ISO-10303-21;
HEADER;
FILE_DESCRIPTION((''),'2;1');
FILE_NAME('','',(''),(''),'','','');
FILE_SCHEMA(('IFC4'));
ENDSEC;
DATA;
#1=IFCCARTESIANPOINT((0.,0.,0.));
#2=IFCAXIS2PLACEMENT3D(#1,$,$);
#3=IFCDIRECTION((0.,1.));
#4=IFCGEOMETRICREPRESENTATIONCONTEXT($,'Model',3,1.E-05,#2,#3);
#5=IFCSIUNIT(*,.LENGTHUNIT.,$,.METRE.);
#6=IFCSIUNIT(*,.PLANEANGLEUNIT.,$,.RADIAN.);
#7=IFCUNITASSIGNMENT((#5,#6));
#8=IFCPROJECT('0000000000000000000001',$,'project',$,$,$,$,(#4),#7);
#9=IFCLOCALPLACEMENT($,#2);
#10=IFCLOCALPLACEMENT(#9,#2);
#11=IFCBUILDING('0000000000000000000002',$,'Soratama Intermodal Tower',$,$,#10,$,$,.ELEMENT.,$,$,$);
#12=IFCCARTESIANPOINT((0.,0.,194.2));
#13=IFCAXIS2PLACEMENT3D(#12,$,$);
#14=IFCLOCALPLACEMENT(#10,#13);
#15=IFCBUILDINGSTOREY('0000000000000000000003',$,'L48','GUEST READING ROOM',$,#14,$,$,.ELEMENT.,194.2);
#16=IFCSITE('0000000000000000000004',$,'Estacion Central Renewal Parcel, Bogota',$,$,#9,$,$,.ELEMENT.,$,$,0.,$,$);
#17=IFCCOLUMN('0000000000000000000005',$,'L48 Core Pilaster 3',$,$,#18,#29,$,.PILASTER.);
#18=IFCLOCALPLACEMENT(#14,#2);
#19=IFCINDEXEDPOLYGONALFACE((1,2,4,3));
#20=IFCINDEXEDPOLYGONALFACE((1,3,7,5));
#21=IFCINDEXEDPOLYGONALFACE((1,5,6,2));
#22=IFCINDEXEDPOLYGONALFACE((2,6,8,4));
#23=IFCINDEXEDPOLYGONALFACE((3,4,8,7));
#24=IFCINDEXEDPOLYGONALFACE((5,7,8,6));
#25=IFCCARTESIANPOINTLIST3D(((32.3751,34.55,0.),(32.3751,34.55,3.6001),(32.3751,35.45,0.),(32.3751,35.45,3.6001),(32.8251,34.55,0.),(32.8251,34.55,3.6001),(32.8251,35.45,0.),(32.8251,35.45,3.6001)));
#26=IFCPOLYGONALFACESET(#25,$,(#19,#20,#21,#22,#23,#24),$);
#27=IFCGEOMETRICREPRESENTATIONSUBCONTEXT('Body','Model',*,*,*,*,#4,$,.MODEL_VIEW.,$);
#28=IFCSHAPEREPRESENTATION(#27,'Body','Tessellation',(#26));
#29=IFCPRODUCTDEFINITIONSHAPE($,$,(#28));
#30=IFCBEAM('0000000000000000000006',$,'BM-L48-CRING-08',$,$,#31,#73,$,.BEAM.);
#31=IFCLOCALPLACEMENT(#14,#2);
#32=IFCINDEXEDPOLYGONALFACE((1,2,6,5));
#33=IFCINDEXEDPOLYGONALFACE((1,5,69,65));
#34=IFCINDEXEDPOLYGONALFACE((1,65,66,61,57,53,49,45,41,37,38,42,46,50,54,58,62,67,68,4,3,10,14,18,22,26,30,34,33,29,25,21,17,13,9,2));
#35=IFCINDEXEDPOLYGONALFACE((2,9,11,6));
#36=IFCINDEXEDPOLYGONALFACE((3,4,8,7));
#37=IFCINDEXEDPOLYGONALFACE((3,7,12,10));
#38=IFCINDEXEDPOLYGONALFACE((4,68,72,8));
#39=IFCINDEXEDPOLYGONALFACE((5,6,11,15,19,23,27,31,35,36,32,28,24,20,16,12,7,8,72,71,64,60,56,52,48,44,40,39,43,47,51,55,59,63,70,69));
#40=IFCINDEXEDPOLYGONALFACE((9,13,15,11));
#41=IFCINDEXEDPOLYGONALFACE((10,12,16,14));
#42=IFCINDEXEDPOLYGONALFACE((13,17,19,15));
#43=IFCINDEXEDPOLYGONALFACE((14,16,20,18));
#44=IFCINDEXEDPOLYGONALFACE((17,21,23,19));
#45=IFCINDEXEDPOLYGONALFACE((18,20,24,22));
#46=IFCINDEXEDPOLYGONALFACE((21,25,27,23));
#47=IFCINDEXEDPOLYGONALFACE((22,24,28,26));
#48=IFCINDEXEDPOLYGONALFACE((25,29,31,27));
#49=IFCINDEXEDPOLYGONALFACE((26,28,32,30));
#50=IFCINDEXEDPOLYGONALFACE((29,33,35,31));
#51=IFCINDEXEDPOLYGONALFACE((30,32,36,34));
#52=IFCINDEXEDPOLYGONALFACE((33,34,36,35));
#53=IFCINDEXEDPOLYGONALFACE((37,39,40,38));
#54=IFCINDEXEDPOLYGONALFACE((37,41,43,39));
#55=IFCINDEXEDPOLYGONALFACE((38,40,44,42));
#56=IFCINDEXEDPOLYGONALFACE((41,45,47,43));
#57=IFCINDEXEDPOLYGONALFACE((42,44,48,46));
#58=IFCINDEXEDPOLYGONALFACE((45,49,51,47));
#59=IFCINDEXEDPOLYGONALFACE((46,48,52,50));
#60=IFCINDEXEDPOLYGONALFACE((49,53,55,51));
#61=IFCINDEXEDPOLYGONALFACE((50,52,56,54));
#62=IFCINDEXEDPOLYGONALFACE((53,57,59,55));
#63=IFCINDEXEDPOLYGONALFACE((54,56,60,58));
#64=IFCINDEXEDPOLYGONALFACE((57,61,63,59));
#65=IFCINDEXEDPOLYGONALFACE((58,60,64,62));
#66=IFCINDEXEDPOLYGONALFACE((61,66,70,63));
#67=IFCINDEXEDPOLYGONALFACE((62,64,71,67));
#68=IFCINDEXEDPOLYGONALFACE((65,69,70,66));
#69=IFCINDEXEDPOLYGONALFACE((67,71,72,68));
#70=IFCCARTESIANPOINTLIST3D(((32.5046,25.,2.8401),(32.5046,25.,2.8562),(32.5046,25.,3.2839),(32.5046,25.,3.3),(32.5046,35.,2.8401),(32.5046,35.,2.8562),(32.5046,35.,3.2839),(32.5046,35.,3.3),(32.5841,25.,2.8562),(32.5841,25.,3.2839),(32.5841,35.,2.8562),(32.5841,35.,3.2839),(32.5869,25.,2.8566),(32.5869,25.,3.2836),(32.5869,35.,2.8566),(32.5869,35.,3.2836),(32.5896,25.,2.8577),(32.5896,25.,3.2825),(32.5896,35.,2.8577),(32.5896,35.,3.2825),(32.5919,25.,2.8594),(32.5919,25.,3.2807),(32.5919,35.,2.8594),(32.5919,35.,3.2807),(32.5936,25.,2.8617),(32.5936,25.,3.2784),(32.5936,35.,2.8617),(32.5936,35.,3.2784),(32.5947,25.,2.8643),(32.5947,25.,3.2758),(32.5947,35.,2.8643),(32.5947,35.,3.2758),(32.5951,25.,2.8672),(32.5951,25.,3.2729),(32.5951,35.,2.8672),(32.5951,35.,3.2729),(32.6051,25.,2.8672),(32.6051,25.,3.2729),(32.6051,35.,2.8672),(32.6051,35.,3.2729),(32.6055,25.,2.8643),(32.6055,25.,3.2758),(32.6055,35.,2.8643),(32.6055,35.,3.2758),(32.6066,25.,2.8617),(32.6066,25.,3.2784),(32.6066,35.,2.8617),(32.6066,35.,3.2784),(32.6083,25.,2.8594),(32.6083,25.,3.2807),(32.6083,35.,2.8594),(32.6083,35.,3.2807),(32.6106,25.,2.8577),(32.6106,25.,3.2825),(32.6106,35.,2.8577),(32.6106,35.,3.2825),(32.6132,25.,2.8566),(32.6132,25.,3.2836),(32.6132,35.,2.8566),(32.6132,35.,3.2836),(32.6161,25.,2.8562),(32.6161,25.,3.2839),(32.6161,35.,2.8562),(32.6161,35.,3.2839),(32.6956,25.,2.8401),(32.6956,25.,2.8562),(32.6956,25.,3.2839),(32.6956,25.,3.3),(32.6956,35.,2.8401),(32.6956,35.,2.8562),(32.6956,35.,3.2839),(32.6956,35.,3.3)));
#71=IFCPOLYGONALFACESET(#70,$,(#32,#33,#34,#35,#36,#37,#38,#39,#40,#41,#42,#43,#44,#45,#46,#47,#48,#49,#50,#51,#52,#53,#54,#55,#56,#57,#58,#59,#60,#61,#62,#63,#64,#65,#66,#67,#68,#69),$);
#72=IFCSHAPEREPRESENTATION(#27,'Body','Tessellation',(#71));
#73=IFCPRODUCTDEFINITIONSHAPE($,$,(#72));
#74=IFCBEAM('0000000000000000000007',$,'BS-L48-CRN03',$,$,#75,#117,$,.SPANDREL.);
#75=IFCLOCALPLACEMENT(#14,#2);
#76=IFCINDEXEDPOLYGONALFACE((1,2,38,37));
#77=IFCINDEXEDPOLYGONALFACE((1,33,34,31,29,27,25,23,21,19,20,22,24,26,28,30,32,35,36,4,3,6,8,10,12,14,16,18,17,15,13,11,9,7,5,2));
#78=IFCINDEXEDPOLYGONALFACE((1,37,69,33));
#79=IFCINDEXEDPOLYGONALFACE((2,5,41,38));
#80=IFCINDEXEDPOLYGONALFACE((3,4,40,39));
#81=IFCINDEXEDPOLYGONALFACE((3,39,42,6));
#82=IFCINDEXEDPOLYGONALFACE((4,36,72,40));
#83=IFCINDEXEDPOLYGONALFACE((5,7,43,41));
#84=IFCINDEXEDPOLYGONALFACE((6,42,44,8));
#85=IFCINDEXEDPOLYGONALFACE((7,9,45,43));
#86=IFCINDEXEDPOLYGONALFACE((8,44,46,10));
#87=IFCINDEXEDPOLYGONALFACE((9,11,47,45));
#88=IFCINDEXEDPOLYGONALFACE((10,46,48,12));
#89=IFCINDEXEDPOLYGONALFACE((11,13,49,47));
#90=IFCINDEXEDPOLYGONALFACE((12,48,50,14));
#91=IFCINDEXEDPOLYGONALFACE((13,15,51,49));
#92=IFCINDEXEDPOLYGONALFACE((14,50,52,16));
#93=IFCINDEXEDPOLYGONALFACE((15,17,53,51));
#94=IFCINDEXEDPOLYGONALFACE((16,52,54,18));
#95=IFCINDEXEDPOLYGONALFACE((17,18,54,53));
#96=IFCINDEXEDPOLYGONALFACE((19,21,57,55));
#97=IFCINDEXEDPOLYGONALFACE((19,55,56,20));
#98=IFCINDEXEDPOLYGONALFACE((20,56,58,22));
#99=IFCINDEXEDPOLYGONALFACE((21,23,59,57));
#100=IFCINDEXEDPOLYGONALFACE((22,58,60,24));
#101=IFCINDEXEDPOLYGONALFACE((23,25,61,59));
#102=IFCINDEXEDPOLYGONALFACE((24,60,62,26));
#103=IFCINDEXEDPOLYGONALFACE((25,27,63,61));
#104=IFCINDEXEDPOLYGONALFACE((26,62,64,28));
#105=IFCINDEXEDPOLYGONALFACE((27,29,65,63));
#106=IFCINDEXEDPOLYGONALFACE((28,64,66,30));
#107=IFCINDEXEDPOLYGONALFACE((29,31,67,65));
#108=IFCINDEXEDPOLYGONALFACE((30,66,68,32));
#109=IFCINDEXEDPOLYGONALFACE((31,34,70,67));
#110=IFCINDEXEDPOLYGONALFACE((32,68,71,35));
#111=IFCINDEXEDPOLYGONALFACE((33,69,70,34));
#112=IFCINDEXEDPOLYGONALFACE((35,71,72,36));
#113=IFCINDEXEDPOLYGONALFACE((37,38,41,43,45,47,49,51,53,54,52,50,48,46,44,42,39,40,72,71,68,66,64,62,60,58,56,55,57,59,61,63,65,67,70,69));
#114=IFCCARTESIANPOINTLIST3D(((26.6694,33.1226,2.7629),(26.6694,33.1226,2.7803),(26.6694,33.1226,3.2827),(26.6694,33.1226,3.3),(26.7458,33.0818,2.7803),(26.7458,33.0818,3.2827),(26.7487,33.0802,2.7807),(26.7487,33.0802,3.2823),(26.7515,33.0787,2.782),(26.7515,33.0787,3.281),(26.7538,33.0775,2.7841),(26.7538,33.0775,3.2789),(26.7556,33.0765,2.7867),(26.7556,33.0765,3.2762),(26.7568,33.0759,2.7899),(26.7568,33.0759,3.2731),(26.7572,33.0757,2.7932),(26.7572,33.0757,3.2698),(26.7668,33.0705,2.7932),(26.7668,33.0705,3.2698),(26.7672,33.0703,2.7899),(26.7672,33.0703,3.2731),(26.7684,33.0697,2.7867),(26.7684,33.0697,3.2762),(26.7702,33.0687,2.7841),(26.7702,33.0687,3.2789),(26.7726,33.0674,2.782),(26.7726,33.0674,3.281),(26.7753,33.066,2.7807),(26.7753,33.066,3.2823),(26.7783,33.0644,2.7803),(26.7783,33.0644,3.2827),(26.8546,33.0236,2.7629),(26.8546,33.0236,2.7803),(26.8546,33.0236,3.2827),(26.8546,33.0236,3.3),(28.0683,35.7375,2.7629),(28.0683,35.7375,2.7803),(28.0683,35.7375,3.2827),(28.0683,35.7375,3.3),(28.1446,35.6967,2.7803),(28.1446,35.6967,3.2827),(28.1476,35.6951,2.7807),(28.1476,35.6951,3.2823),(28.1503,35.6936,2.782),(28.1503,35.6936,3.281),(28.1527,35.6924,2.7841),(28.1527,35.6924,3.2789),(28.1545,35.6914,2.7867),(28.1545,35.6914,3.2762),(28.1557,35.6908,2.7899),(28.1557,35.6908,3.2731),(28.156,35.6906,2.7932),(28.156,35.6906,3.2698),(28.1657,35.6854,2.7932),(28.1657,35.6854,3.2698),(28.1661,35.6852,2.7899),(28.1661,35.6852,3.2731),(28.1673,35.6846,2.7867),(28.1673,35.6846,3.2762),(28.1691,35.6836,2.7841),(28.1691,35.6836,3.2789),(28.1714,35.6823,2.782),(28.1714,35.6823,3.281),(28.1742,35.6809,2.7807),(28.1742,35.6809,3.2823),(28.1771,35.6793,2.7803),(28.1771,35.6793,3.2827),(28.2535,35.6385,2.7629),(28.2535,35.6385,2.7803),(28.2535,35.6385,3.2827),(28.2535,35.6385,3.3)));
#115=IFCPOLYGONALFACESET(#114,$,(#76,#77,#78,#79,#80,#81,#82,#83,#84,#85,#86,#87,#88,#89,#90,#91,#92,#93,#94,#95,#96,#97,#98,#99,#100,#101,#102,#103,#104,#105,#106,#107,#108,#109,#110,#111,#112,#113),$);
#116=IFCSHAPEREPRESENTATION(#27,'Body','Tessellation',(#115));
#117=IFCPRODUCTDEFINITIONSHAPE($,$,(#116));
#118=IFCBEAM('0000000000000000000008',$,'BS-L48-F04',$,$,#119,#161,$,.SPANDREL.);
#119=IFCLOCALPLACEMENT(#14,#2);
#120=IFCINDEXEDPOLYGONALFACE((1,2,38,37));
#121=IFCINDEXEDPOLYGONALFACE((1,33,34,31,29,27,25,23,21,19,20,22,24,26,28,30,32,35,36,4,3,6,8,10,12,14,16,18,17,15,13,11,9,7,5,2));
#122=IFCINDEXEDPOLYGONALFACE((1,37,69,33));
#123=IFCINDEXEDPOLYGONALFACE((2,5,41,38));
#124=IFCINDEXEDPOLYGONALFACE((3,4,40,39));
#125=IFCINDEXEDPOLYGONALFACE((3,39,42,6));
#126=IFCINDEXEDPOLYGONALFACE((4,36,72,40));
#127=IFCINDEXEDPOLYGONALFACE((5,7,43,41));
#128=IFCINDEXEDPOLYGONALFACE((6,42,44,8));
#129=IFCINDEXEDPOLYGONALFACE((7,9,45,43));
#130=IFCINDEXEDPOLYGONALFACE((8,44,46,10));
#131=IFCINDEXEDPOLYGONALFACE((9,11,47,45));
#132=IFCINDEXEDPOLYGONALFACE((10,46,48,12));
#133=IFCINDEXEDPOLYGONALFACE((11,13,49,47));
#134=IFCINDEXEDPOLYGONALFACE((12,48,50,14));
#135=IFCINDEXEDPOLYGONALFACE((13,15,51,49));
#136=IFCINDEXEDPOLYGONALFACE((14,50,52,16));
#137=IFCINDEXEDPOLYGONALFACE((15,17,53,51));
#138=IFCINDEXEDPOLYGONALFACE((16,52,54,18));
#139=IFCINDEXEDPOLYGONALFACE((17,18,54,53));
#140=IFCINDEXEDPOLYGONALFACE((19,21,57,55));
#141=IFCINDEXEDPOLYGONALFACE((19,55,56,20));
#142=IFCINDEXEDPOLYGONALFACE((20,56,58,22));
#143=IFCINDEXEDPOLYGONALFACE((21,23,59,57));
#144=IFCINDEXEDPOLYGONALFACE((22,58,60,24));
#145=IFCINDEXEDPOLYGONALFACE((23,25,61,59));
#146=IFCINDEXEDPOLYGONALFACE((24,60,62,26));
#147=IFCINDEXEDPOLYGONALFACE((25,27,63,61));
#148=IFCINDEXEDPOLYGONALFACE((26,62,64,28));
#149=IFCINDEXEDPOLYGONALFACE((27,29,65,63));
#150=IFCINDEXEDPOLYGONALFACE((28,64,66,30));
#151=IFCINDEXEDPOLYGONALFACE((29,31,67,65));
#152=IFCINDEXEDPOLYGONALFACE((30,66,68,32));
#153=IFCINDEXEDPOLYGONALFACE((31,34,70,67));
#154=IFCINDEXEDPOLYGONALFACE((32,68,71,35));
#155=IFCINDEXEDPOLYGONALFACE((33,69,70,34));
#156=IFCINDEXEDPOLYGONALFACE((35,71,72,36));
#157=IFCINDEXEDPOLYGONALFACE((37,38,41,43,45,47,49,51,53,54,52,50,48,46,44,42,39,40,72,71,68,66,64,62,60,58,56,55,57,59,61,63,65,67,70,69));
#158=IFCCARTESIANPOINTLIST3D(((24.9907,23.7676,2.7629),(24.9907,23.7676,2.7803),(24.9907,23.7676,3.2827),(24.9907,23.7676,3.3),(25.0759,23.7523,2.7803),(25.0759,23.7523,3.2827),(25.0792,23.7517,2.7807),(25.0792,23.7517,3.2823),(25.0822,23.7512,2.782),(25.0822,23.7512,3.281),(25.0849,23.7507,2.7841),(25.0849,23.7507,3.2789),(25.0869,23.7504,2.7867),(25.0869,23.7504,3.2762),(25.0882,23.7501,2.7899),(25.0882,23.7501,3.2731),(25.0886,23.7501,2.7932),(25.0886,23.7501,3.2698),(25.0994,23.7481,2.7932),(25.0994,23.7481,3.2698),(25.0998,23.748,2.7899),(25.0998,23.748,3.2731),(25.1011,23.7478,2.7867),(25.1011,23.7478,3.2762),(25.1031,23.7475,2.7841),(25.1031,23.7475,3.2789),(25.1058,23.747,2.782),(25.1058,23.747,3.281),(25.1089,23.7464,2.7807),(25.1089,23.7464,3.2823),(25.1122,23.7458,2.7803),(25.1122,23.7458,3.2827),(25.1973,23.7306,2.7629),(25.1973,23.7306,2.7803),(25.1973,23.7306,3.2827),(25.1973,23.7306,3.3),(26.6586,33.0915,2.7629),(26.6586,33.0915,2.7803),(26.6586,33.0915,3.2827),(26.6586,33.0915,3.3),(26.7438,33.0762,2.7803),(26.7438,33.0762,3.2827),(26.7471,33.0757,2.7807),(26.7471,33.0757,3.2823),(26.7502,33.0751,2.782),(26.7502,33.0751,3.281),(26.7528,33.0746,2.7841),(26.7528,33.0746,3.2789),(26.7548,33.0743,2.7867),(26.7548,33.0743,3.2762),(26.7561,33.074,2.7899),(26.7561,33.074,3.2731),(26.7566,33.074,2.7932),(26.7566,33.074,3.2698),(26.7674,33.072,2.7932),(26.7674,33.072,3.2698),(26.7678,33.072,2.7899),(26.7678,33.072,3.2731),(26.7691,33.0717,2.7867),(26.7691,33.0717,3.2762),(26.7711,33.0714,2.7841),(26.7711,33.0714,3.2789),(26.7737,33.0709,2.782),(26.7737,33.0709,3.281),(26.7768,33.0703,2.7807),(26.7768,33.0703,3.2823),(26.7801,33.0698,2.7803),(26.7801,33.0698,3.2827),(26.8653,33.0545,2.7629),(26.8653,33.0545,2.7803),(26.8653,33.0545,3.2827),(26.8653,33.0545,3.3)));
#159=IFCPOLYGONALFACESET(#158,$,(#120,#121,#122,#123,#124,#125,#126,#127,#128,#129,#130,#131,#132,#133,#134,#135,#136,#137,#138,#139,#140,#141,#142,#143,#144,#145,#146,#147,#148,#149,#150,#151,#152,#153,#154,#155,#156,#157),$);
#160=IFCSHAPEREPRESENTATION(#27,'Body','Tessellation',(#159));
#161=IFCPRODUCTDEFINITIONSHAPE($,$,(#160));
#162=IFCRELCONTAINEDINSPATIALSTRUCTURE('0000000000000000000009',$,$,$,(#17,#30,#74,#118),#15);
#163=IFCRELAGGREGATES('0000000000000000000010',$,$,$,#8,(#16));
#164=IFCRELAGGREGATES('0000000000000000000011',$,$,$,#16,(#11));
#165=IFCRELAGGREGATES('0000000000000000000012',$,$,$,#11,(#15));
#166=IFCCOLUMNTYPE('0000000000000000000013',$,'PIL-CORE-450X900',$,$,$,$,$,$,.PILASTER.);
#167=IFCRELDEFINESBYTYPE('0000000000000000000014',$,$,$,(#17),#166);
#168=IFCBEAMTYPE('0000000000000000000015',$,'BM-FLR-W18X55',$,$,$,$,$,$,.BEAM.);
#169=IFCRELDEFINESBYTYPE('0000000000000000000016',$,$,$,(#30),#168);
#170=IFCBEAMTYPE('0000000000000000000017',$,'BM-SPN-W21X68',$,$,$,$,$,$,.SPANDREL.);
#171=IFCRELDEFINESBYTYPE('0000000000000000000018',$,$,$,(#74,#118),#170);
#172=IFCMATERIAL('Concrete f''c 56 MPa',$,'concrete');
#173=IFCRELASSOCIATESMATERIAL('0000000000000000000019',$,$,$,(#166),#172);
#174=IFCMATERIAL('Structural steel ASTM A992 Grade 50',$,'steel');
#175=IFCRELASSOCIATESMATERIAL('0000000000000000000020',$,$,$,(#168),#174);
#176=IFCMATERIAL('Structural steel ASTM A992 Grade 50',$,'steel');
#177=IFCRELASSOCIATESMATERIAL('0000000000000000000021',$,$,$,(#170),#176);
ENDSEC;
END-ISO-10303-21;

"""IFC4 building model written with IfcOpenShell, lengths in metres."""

from ifc_helpers import new_model, si_unit, direction, frame, origin, origin_2d, place, context, subcontext, project, spatial, rectangle, i_section, extrude, material, material_profile, profile_set, type_object, element, save


model = new_model("IFC4")

# Units and contexts
model_context = context("Model", 3, precision=1e-05, world=origin(), true_north=direction((0.0, 1.0)))
body_context = subcontext(model_context, "Body", "Model", "MODEL_VIEW")
ifc_project = project(units=[si_unit("LENGTHUNIT", "METRE"), si_unit("PLANEANGLEUNIT", "RADIAN")], contexts=[model_context])

# Site, building, storey
site_placement = place(None, origin())
site = spatial("IfcSite", under=ifc_project, at=site_placement, Name="Estacion Central Renewal Parcel, Bogota", CompositionType="ELEMENT", RefElevation=0.0)
building_placement = place(site_placement, origin())
building = spatial("IfcBuilding", under=site, at=building_placement, Name="Soratama Intermodal Tower", CompositionType="ELEMENT")
storey_placement = place(building_placement, frame((0.0, 0.0, 194.2)))
storey = spatial("IfcBuildingStorey", under=building, at=storey_placement, Name="L48", Description="GUEST READING ROOM", CompositionType="ELEMENT", Elevation=194.2)

# Column
ifc_material_1 = material(Name="Concrete f'c 56 MPa", Category="concrete")
ifc_material_profile_1 = material_profile(ifc_material_1, rectangle(XDim=0.45, YDim=0.8999, at=origin_2d()), Name="RC450X900")
ifc_profile_set_1 = profile_set([ifc_material_profile_1], Name="Concrete f'c 56 MPa")
column_type = type_object("IfcColumnType", Name="PIL-CORE-450X900", PredefinedType="PILASTER", material=ifc_profile_set_1)
column_placement = place(storey_placement, frame((32.6001, 35.0, 0.0), z_axis=(0.0, 0.0, 1.0), x_axis=(1.0, 0.0, 0.0)))
element("IfcColumn", 1, at=column_placement, inside=storey, type_object=column_type, Name="L48 Core Pilaster 3", PredefinedType="PILASTER", context=body_context, shape_type="SweptSolid", body=[
    extrude(rectangle(XDim=0.45, YDim=0.8999, at=origin_2d()), origin(), (0.0, 0.0, 1.0), 3.6001),
])

# Beams
ifc_material_2 = material(Name="Structural steel ASTM A992 Grade 50", Category="steel")
ifc_material_profile_2 = material_profile(ifc_material_2, i_section(OverallWidth=0.1909, OverallDepth=0.46, WebThickness=0.01, FlangeThickness=0.0161, FilletRadius=0.011, at=origin_2d()), Name="W18X55")
ifc_profile_set_2 = profile_set([ifc_material_profile_2], Name="Structural steel ASTM A992 Grade 50")
beam_type_1 = type_object("IfcBeamType", Name="BM-FLR-W18X55", PredefinedType="BEAM", material=ifc_profile_set_2)
beam_1_placement = place(storey_placement, frame((32.6001, 35.0, 3.0701), z_axis=(0.0, -1.0, 0.0), x_axis=(1.0, 0.0, 0.0)))
element("IfcBeam", 2, at=beam_1_placement, inside=storey, type_object=beam_type_1, Name="BM-L48-CRING-08", PredefinedType="BEAM", context=body_context, shape_type="SweptSolid", body=[
    extrude(i_section(OverallWidth=0.1909, OverallDepth=0.46, WebThickness=0.01, FlangeThickness=0.0161, FilletRadius=0.011, at=origin_2d()), origin(), (0.0, 0.0, 1.0), 10.0),
])
ifc_material_3 = material(Name="Structural steel ASTM A992 Grade 50", Category="steel")
ifc_material_profile_3 = material_profile(ifc_material_3, i_section(OverallWidth=0.21, OverallDepth=0.5371, WebThickness=0.011, FlangeThickness=0.0173, FilletRadius=0.0129, at=origin_2d()), Name="W21X68")
ifc_profile_set_3 = profile_set([ifc_material_profile_3], Name="Structural steel ASTM A992 Grade 50")
beam_type_2 = type_object("IfcBeamType", Name="BM-SPN-W21X68", PredefinedType="SPANDREL", material=ifc_profile_set_3)
beam_2_placement = place(storey_placement, frame((28.1609, 35.688, 3.0315), z_axis=(-0.471707, -0.881755, 0.0), x_axis=(0.881755, -0.471707, 0.0)))
element("IfcBeam", 3, at=beam_2_placement, inside=storey, type_object=beam_type_2, Name="BS-L48-CRN03", PredefinedType="SPANDREL", context=body_context, shape_type="SweptSolid", body=[
    extrude(i_section(OverallWidth=0.21, OverallDepth=0.5371, WebThickness=0.011, FlangeThickness=0.0173, FilletRadius=0.0129, at=origin_2d()), origin(), (0.0, 0.0, 1.0), 2.9656),
])
beam_3_placement = place(storey_placement, frame((26.762, 33.073, 3.0315), z_axis=(-0.176095, -0.984373, 0.0), x_axis=(0.984373, -0.176095, 0.0)))
element("IfcBeam", 4, at=beam_3_placement, inside=storey, type_object=beam_type_2, Name="BS-L48-F04", PredefinedType="SPANDREL", context=body_context, shape_type="SweptSolid", body=[
    extrude(i_section(OverallWidth=0.21, OverallDepth=0.5371, WebThickness=0.011, FlangeThickness=0.0173, FilletRadius=0.0129, at=origin_2d()), origin(), (0.0, 0.0, 1.0), 9.4719),
])

save(model, "model.ifc")
